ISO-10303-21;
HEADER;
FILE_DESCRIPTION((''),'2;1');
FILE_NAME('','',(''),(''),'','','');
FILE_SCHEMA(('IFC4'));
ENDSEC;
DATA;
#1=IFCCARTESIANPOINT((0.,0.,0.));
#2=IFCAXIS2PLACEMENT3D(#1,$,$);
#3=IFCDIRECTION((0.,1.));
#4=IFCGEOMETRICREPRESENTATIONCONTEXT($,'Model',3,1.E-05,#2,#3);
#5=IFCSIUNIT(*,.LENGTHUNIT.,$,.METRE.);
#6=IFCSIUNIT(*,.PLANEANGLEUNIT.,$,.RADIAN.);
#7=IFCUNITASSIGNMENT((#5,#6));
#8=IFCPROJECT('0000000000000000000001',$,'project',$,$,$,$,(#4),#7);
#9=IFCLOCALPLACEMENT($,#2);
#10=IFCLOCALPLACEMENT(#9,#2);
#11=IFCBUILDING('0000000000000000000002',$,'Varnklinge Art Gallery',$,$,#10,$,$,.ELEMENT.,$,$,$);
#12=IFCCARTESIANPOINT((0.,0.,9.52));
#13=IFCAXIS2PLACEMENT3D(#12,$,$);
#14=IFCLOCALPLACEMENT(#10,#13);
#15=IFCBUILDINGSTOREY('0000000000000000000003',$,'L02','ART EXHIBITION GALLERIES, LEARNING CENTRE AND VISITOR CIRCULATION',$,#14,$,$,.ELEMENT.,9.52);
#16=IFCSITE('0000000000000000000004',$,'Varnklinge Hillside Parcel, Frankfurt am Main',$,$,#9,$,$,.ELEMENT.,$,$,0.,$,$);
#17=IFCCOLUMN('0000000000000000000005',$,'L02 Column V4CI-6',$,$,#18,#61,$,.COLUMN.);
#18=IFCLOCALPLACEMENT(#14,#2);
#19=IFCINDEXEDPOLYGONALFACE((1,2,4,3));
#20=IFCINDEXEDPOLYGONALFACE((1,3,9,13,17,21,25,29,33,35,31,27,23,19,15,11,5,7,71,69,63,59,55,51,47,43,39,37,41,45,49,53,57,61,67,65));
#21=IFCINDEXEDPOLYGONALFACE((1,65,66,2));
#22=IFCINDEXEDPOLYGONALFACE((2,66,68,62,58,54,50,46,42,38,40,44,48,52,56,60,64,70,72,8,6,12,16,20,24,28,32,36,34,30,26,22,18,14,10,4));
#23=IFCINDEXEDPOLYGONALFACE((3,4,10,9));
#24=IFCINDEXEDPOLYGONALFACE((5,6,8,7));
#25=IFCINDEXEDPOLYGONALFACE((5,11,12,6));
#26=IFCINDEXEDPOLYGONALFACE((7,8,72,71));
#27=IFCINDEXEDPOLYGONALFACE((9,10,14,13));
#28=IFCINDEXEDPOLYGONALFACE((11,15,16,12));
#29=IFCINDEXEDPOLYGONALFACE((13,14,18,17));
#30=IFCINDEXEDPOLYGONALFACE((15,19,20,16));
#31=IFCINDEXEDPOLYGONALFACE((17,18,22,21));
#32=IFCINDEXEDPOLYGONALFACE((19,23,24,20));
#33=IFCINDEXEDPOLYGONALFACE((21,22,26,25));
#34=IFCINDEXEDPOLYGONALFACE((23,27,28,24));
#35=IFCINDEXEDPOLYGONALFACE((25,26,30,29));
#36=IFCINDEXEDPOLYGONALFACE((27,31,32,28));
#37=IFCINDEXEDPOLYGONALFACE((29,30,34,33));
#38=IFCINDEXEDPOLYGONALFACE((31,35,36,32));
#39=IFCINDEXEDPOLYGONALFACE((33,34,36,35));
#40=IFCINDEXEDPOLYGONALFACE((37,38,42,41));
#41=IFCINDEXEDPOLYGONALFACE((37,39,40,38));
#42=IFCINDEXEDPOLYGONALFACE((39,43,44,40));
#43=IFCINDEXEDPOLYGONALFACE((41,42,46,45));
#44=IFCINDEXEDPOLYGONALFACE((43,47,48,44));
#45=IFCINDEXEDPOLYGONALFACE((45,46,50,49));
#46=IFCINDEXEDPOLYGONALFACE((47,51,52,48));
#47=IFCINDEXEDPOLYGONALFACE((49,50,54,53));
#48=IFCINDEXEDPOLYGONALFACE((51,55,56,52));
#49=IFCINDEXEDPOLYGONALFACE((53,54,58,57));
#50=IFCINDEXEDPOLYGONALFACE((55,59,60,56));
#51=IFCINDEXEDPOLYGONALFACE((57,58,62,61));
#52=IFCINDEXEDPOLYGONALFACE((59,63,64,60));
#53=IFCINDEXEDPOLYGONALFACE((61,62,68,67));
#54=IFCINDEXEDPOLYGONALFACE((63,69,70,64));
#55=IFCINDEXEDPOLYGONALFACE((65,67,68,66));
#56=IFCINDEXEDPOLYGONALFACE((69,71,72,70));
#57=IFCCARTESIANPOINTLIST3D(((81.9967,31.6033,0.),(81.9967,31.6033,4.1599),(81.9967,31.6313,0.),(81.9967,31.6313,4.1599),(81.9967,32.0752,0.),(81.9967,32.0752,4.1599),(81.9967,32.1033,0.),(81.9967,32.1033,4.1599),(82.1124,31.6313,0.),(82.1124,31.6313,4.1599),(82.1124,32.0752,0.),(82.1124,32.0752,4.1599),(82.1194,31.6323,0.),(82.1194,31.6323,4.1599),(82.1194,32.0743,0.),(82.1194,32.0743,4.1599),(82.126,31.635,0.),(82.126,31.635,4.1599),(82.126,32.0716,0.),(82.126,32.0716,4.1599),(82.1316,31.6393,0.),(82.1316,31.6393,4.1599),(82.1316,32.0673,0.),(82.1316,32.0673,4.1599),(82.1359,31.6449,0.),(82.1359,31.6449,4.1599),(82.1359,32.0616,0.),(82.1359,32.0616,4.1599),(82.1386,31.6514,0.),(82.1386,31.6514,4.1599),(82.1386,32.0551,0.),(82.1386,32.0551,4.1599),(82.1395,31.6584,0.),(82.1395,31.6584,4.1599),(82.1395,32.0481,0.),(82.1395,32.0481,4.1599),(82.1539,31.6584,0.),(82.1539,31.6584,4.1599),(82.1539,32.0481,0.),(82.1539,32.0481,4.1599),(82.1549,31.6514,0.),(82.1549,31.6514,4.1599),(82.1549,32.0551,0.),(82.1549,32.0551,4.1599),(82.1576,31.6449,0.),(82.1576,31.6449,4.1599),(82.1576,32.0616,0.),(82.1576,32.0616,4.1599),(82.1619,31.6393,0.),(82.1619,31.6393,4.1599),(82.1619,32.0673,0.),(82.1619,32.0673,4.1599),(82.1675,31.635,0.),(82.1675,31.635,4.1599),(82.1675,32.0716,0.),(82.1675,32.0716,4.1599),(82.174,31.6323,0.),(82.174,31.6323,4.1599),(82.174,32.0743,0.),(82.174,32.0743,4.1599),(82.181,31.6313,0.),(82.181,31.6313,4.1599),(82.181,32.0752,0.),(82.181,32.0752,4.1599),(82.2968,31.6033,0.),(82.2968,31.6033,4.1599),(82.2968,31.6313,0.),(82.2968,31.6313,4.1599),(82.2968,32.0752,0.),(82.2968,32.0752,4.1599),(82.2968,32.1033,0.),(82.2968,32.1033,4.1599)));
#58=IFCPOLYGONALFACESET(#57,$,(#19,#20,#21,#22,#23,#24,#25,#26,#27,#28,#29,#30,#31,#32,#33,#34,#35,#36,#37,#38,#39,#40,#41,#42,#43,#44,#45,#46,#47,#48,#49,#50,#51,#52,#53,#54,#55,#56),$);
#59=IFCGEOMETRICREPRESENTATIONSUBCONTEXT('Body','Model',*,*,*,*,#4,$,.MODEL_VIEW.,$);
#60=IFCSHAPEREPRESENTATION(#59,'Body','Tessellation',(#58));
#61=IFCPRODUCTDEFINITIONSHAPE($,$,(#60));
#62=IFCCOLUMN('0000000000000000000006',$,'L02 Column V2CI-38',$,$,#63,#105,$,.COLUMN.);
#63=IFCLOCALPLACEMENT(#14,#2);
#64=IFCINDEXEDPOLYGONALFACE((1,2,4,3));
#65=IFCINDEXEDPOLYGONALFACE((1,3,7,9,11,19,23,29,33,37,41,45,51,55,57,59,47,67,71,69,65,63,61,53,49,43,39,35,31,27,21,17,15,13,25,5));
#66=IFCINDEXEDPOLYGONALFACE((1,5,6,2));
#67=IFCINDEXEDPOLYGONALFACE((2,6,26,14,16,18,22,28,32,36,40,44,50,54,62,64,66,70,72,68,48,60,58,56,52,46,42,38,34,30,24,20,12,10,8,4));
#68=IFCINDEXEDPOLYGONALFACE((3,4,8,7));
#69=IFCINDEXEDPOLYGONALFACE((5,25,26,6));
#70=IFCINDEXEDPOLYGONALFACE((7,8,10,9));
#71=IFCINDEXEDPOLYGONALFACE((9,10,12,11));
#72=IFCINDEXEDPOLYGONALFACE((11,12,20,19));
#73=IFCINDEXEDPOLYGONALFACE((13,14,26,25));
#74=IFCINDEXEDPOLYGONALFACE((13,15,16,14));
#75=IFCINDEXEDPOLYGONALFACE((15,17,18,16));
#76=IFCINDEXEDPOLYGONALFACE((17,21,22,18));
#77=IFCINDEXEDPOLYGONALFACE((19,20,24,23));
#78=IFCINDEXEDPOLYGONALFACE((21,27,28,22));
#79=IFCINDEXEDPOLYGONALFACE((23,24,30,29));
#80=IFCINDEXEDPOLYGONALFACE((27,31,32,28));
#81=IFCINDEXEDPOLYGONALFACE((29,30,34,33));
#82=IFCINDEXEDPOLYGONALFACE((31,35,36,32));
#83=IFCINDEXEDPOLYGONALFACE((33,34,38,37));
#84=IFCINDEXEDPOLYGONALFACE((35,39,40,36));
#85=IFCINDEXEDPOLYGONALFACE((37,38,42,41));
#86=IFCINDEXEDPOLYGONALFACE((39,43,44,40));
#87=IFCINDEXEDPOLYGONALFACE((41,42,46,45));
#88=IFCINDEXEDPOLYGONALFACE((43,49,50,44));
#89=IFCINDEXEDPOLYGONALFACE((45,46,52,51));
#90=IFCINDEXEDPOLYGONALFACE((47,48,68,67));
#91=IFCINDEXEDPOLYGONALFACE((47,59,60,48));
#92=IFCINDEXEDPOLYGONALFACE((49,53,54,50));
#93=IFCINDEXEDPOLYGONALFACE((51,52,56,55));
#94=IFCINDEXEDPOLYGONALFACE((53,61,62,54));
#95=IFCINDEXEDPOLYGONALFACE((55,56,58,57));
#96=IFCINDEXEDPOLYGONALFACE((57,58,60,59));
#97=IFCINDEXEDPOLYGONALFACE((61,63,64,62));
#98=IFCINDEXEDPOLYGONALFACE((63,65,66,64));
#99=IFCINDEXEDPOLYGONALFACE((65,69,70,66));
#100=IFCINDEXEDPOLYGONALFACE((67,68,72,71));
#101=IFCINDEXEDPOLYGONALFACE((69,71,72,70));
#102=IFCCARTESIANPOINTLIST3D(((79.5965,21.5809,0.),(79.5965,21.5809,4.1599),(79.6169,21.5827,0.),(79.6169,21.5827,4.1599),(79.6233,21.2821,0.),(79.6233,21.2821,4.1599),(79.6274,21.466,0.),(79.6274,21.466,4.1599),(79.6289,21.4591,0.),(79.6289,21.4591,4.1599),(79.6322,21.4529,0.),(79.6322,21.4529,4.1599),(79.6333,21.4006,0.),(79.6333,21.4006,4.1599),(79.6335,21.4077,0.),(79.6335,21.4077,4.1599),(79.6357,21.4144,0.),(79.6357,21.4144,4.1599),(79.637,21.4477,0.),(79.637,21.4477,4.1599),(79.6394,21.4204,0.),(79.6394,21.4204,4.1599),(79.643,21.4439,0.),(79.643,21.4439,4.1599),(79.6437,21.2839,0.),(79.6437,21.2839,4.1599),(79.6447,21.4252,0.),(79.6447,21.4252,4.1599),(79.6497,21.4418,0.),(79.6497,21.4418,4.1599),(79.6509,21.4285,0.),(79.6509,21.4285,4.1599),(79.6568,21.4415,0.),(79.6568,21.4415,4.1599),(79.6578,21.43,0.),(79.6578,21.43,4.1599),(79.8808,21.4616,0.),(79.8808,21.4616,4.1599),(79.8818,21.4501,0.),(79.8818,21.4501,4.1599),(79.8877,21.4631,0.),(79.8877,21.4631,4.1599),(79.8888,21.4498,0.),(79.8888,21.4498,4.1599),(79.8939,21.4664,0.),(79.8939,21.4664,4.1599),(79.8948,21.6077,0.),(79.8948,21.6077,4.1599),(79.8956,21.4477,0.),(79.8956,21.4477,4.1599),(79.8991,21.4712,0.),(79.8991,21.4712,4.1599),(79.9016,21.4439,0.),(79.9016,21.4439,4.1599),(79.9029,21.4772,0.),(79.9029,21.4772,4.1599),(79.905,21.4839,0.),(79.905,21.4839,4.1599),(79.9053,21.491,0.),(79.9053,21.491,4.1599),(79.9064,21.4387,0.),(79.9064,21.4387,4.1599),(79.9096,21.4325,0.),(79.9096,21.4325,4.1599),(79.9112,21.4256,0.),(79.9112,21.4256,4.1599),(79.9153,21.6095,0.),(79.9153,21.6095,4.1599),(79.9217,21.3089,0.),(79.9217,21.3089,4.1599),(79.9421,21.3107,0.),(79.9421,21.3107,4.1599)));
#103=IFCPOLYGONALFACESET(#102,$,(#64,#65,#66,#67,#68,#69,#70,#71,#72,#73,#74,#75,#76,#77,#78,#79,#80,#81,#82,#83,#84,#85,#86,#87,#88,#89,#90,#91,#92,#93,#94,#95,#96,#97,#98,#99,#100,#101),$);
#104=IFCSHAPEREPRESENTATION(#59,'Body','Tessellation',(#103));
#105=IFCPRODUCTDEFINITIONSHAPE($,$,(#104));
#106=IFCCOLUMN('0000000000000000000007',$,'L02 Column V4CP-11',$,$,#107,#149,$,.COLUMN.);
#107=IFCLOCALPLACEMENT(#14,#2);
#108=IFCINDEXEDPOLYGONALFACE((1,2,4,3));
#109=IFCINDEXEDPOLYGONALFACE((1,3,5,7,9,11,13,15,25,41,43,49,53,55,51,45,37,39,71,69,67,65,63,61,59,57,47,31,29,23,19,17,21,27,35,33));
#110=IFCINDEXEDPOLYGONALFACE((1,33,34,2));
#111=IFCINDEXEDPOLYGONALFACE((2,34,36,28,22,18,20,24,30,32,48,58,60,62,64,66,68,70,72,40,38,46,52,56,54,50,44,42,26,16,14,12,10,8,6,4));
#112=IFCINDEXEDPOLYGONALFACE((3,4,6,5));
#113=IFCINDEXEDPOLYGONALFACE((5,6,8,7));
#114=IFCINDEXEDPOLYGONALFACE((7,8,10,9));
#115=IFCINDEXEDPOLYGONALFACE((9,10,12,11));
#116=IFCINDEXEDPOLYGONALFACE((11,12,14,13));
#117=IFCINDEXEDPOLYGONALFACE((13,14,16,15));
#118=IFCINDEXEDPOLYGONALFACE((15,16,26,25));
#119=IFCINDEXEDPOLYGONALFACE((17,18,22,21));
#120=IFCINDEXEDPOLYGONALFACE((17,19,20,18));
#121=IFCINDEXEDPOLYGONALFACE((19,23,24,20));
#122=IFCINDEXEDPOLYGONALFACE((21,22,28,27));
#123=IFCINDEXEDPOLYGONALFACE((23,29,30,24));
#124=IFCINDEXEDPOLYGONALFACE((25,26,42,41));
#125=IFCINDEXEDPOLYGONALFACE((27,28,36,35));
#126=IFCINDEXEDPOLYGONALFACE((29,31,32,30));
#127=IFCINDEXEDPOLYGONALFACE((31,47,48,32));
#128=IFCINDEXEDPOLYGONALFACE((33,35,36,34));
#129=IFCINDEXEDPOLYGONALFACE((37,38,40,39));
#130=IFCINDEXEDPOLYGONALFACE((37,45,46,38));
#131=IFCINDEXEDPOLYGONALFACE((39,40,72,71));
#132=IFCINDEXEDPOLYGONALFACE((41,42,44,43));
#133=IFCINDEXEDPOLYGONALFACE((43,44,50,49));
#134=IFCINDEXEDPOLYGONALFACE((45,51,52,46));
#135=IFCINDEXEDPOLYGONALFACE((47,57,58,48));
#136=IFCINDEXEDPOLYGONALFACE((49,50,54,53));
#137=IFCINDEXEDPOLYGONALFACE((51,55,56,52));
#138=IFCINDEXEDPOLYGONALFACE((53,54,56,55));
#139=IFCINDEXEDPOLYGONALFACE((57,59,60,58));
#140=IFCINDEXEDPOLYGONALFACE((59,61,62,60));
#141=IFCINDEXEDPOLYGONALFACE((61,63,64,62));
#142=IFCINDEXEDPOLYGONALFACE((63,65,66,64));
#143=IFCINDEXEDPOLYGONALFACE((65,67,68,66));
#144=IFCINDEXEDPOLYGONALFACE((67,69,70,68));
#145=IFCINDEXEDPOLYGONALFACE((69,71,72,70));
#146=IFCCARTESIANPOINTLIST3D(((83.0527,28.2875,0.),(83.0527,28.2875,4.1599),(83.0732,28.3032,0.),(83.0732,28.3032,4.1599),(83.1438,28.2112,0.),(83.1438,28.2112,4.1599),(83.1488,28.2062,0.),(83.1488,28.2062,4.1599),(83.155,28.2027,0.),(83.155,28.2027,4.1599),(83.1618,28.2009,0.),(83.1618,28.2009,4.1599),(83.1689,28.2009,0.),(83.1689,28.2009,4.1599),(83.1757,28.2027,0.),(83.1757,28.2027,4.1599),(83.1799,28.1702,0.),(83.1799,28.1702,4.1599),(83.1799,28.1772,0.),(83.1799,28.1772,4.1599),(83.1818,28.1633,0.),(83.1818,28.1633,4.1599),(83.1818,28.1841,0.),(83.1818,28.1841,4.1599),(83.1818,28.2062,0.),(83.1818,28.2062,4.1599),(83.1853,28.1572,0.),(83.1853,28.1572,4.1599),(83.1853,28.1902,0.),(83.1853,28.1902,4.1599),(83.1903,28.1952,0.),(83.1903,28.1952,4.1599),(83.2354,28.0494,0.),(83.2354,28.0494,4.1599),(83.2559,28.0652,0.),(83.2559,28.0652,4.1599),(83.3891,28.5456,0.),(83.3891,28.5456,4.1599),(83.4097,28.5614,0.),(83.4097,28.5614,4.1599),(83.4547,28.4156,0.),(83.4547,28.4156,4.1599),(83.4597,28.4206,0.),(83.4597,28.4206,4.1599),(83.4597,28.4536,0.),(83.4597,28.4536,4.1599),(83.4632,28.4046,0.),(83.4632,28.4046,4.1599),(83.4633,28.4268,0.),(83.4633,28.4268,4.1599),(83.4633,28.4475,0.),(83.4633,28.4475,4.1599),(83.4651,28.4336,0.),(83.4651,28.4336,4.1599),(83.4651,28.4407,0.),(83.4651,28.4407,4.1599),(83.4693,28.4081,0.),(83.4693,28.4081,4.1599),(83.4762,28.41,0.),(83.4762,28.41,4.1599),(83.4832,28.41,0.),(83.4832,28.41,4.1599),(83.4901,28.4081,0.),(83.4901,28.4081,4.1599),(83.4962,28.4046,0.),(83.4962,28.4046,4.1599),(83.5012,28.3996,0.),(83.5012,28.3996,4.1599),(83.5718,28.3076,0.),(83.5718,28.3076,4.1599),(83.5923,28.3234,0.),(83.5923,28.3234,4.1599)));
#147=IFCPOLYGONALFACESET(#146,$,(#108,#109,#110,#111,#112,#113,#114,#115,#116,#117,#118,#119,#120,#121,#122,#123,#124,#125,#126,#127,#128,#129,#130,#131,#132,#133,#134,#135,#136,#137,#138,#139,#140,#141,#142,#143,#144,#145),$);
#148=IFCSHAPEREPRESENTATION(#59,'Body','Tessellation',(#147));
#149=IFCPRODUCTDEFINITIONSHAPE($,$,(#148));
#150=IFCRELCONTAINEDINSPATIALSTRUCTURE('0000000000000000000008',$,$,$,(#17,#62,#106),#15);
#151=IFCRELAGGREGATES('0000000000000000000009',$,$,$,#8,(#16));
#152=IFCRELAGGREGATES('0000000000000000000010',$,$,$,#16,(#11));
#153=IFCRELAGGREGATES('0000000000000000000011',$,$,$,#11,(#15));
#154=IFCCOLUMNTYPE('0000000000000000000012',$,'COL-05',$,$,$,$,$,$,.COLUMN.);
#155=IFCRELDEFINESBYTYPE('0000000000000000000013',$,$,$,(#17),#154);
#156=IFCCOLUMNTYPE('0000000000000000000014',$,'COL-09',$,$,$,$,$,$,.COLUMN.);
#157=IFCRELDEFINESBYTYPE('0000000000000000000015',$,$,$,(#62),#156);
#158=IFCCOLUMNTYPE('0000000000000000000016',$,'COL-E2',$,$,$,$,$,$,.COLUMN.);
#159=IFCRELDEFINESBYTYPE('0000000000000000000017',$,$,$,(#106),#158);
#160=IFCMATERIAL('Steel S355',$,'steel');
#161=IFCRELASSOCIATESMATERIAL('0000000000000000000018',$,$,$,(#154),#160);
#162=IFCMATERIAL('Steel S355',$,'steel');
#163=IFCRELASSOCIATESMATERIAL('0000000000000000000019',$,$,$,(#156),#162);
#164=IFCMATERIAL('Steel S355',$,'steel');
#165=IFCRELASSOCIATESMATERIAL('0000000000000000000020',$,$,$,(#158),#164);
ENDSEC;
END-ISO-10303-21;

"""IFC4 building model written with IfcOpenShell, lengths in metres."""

from ifc_helpers import new_model, si_unit, direction, frame, origin, origin_2d, place, context, subcontext, project, spatial, i_section, extrude, material, material_profile, profile_set, type_object, element, save


model = new_model("IFC4")

# Units and contexts
model_context = context("Model", 3, precision=1e-05, world=origin(), true_north=direction((0.0, 1.0)))
body_context = subcontext(model_context, "Body", "Model", "MODEL_VIEW")
ifc_project = project(units=[si_unit("LENGTHUNIT", "METRE"), si_unit("PLANEANGLEUNIT", "RADIAN")], contexts=[model_context])

# Site, building, storey
site_placement = place(None, origin())
site = spatial("IfcSite", under=ifc_project, at=site_placement, Name="Varnklinge Hillside Parcel, Frankfurt am Main", CompositionType="ELEMENT", RefElevation=0.0)
building_placement = place(site_placement, origin())
building = spatial("IfcBuilding", under=site, at=building_placement, Name="Varnklinge Art Gallery", CompositionType="ELEMENT")
storey_placement = place(building_placement, frame((0.0, 0.0, 9.52)))
storey = spatial("IfcBuildingStorey", under=building, at=storey_placement, Name="L02", Description="ART EXHIBITION GALLERIES, LEARNING CENTRE AND VISITOR CIRCULATION", CompositionType="ELEMENT", Elevation=9.52)

# Columns
ifc_material_1 = material(Name="Steel S355", Category="steel")
ifc_material_profile_1 = material_profile(ifc_material_1, i_section(OverallWidth=0.3, OverallDepth=0.5, WebThickness=0.0144, FlangeThickness=0.0281, FilletRadius=0.0271, at=origin_2d()), Name="HEB 500")
ifc_profile_set_1 = profile_set([ifc_material_profile_1], Name="Steel S355")
column_type_1 = type_object("IfcColumnType", Name="COL-05", PredefinedType="COLUMN", material=ifc_profile_set_1)
column_1_placement = place(storey_placement, frame((82.1467, 31.8533, 0.0), z_axis=(0.0, 0.0, 1.0), x_axis=(1.0, 0.0, 0.0)))
element("IfcColumn", 1, at=column_1_placement, inside=storey, type_object=column_type_1, Name="L02 Column V4CI-6", PredefinedType="COLUMN", context=body_context, shape_type="SweptSolid", body=[
    extrude(i_section(OverallWidth=0.3, OverallDepth=0.5, WebThickness=0.0144, FlangeThickness=0.0281, FilletRadius=0.0271, at=origin_2d()), origin(), (0.0, 0.0, 1.0), 4.1599),
])
ifc_material_2 = material(Name="Steel S355", Category="steel")
ifc_material_profile_2 = material_profile(ifc_material_2, i_section(OverallWidth=0.3, OverallDepth=0.3201, WebThickness=0.0115, FlangeThickness=0.0205, FilletRadius=0.0271, at=origin_2d()), Name="HEB 320")
ifc_profile_set_2 = profile_set([ifc_material_profile_2], Name="Steel S355")
column_type_2 = type_object("IfcColumnType", Name="COL-09", PredefinedType="COLUMN", material=ifc_profile_set_2)
column_2_placement = place(storey_placement, frame((79.7693, 21.4458, 0.0), z_axis=(0.0, 0.0, 1.0), x_axis=(-0.089416, 0.995994, 0.0)))
element("IfcColumn", 2, at=column_2_placement, inside=storey, type_object=column_type_2, Name="L02 Column V2CI-38", PredefinedType="COLUMN", context=body_context, shape_type="SweptSolid", body=[
    extrude(i_section(OverallWidth=0.3, OverallDepth=0.3201, WebThickness=0.0115, FlangeThickness=0.0205, FilletRadius=0.0271, at=origin_2d()), origin(), (0.0, 0.0, 1.0), 4.1599),
])
ifc_material_3 = material(Name="Steel S355", Category="steel")
ifc_material_profile_3 = material_profile(ifc_material_3, i_section(OverallWidth=0.3, OverallDepth=0.45, WebThickness=0.0139, FlangeThickness=0.0259, FilletRadius=0.0271, at=origin_2d()), Name="HEB 450")
ifc_profile_set_3 = profile_set([ifc_material_profile_3], Name="Steel S355")
column_type_3 = type_object("IfcColumnType", Name="COL-E2", PredefinedType="COLUMN", material=ifc_profile_set_3)
column_3_placement = place(storey_placement, frame((83.3225, 28.3054, 0.0), z_axis=(0.0, 0.0, 1.0), x_axis=(0.608761, -0.793353, 0.0)))
element("IfcColumn", 3, at=column_3_placement, inside=storey, type_object=column_type_3, Name="L02 Column V4CP-11", PredefinedType="COLUMN", context=body_context, shape_type="SweptSolid", body=[
    extrude(i_section(OverallWidth=0.3, OverallDepth=0.45, WebThickness=0.0139, FlangeThickness=0.0259, FilletRadius=0.0271, at=origin_2d()), origin(), (0.0, 0.0, 1.0), 4.1599),
])

save(model, "model.ifc")
